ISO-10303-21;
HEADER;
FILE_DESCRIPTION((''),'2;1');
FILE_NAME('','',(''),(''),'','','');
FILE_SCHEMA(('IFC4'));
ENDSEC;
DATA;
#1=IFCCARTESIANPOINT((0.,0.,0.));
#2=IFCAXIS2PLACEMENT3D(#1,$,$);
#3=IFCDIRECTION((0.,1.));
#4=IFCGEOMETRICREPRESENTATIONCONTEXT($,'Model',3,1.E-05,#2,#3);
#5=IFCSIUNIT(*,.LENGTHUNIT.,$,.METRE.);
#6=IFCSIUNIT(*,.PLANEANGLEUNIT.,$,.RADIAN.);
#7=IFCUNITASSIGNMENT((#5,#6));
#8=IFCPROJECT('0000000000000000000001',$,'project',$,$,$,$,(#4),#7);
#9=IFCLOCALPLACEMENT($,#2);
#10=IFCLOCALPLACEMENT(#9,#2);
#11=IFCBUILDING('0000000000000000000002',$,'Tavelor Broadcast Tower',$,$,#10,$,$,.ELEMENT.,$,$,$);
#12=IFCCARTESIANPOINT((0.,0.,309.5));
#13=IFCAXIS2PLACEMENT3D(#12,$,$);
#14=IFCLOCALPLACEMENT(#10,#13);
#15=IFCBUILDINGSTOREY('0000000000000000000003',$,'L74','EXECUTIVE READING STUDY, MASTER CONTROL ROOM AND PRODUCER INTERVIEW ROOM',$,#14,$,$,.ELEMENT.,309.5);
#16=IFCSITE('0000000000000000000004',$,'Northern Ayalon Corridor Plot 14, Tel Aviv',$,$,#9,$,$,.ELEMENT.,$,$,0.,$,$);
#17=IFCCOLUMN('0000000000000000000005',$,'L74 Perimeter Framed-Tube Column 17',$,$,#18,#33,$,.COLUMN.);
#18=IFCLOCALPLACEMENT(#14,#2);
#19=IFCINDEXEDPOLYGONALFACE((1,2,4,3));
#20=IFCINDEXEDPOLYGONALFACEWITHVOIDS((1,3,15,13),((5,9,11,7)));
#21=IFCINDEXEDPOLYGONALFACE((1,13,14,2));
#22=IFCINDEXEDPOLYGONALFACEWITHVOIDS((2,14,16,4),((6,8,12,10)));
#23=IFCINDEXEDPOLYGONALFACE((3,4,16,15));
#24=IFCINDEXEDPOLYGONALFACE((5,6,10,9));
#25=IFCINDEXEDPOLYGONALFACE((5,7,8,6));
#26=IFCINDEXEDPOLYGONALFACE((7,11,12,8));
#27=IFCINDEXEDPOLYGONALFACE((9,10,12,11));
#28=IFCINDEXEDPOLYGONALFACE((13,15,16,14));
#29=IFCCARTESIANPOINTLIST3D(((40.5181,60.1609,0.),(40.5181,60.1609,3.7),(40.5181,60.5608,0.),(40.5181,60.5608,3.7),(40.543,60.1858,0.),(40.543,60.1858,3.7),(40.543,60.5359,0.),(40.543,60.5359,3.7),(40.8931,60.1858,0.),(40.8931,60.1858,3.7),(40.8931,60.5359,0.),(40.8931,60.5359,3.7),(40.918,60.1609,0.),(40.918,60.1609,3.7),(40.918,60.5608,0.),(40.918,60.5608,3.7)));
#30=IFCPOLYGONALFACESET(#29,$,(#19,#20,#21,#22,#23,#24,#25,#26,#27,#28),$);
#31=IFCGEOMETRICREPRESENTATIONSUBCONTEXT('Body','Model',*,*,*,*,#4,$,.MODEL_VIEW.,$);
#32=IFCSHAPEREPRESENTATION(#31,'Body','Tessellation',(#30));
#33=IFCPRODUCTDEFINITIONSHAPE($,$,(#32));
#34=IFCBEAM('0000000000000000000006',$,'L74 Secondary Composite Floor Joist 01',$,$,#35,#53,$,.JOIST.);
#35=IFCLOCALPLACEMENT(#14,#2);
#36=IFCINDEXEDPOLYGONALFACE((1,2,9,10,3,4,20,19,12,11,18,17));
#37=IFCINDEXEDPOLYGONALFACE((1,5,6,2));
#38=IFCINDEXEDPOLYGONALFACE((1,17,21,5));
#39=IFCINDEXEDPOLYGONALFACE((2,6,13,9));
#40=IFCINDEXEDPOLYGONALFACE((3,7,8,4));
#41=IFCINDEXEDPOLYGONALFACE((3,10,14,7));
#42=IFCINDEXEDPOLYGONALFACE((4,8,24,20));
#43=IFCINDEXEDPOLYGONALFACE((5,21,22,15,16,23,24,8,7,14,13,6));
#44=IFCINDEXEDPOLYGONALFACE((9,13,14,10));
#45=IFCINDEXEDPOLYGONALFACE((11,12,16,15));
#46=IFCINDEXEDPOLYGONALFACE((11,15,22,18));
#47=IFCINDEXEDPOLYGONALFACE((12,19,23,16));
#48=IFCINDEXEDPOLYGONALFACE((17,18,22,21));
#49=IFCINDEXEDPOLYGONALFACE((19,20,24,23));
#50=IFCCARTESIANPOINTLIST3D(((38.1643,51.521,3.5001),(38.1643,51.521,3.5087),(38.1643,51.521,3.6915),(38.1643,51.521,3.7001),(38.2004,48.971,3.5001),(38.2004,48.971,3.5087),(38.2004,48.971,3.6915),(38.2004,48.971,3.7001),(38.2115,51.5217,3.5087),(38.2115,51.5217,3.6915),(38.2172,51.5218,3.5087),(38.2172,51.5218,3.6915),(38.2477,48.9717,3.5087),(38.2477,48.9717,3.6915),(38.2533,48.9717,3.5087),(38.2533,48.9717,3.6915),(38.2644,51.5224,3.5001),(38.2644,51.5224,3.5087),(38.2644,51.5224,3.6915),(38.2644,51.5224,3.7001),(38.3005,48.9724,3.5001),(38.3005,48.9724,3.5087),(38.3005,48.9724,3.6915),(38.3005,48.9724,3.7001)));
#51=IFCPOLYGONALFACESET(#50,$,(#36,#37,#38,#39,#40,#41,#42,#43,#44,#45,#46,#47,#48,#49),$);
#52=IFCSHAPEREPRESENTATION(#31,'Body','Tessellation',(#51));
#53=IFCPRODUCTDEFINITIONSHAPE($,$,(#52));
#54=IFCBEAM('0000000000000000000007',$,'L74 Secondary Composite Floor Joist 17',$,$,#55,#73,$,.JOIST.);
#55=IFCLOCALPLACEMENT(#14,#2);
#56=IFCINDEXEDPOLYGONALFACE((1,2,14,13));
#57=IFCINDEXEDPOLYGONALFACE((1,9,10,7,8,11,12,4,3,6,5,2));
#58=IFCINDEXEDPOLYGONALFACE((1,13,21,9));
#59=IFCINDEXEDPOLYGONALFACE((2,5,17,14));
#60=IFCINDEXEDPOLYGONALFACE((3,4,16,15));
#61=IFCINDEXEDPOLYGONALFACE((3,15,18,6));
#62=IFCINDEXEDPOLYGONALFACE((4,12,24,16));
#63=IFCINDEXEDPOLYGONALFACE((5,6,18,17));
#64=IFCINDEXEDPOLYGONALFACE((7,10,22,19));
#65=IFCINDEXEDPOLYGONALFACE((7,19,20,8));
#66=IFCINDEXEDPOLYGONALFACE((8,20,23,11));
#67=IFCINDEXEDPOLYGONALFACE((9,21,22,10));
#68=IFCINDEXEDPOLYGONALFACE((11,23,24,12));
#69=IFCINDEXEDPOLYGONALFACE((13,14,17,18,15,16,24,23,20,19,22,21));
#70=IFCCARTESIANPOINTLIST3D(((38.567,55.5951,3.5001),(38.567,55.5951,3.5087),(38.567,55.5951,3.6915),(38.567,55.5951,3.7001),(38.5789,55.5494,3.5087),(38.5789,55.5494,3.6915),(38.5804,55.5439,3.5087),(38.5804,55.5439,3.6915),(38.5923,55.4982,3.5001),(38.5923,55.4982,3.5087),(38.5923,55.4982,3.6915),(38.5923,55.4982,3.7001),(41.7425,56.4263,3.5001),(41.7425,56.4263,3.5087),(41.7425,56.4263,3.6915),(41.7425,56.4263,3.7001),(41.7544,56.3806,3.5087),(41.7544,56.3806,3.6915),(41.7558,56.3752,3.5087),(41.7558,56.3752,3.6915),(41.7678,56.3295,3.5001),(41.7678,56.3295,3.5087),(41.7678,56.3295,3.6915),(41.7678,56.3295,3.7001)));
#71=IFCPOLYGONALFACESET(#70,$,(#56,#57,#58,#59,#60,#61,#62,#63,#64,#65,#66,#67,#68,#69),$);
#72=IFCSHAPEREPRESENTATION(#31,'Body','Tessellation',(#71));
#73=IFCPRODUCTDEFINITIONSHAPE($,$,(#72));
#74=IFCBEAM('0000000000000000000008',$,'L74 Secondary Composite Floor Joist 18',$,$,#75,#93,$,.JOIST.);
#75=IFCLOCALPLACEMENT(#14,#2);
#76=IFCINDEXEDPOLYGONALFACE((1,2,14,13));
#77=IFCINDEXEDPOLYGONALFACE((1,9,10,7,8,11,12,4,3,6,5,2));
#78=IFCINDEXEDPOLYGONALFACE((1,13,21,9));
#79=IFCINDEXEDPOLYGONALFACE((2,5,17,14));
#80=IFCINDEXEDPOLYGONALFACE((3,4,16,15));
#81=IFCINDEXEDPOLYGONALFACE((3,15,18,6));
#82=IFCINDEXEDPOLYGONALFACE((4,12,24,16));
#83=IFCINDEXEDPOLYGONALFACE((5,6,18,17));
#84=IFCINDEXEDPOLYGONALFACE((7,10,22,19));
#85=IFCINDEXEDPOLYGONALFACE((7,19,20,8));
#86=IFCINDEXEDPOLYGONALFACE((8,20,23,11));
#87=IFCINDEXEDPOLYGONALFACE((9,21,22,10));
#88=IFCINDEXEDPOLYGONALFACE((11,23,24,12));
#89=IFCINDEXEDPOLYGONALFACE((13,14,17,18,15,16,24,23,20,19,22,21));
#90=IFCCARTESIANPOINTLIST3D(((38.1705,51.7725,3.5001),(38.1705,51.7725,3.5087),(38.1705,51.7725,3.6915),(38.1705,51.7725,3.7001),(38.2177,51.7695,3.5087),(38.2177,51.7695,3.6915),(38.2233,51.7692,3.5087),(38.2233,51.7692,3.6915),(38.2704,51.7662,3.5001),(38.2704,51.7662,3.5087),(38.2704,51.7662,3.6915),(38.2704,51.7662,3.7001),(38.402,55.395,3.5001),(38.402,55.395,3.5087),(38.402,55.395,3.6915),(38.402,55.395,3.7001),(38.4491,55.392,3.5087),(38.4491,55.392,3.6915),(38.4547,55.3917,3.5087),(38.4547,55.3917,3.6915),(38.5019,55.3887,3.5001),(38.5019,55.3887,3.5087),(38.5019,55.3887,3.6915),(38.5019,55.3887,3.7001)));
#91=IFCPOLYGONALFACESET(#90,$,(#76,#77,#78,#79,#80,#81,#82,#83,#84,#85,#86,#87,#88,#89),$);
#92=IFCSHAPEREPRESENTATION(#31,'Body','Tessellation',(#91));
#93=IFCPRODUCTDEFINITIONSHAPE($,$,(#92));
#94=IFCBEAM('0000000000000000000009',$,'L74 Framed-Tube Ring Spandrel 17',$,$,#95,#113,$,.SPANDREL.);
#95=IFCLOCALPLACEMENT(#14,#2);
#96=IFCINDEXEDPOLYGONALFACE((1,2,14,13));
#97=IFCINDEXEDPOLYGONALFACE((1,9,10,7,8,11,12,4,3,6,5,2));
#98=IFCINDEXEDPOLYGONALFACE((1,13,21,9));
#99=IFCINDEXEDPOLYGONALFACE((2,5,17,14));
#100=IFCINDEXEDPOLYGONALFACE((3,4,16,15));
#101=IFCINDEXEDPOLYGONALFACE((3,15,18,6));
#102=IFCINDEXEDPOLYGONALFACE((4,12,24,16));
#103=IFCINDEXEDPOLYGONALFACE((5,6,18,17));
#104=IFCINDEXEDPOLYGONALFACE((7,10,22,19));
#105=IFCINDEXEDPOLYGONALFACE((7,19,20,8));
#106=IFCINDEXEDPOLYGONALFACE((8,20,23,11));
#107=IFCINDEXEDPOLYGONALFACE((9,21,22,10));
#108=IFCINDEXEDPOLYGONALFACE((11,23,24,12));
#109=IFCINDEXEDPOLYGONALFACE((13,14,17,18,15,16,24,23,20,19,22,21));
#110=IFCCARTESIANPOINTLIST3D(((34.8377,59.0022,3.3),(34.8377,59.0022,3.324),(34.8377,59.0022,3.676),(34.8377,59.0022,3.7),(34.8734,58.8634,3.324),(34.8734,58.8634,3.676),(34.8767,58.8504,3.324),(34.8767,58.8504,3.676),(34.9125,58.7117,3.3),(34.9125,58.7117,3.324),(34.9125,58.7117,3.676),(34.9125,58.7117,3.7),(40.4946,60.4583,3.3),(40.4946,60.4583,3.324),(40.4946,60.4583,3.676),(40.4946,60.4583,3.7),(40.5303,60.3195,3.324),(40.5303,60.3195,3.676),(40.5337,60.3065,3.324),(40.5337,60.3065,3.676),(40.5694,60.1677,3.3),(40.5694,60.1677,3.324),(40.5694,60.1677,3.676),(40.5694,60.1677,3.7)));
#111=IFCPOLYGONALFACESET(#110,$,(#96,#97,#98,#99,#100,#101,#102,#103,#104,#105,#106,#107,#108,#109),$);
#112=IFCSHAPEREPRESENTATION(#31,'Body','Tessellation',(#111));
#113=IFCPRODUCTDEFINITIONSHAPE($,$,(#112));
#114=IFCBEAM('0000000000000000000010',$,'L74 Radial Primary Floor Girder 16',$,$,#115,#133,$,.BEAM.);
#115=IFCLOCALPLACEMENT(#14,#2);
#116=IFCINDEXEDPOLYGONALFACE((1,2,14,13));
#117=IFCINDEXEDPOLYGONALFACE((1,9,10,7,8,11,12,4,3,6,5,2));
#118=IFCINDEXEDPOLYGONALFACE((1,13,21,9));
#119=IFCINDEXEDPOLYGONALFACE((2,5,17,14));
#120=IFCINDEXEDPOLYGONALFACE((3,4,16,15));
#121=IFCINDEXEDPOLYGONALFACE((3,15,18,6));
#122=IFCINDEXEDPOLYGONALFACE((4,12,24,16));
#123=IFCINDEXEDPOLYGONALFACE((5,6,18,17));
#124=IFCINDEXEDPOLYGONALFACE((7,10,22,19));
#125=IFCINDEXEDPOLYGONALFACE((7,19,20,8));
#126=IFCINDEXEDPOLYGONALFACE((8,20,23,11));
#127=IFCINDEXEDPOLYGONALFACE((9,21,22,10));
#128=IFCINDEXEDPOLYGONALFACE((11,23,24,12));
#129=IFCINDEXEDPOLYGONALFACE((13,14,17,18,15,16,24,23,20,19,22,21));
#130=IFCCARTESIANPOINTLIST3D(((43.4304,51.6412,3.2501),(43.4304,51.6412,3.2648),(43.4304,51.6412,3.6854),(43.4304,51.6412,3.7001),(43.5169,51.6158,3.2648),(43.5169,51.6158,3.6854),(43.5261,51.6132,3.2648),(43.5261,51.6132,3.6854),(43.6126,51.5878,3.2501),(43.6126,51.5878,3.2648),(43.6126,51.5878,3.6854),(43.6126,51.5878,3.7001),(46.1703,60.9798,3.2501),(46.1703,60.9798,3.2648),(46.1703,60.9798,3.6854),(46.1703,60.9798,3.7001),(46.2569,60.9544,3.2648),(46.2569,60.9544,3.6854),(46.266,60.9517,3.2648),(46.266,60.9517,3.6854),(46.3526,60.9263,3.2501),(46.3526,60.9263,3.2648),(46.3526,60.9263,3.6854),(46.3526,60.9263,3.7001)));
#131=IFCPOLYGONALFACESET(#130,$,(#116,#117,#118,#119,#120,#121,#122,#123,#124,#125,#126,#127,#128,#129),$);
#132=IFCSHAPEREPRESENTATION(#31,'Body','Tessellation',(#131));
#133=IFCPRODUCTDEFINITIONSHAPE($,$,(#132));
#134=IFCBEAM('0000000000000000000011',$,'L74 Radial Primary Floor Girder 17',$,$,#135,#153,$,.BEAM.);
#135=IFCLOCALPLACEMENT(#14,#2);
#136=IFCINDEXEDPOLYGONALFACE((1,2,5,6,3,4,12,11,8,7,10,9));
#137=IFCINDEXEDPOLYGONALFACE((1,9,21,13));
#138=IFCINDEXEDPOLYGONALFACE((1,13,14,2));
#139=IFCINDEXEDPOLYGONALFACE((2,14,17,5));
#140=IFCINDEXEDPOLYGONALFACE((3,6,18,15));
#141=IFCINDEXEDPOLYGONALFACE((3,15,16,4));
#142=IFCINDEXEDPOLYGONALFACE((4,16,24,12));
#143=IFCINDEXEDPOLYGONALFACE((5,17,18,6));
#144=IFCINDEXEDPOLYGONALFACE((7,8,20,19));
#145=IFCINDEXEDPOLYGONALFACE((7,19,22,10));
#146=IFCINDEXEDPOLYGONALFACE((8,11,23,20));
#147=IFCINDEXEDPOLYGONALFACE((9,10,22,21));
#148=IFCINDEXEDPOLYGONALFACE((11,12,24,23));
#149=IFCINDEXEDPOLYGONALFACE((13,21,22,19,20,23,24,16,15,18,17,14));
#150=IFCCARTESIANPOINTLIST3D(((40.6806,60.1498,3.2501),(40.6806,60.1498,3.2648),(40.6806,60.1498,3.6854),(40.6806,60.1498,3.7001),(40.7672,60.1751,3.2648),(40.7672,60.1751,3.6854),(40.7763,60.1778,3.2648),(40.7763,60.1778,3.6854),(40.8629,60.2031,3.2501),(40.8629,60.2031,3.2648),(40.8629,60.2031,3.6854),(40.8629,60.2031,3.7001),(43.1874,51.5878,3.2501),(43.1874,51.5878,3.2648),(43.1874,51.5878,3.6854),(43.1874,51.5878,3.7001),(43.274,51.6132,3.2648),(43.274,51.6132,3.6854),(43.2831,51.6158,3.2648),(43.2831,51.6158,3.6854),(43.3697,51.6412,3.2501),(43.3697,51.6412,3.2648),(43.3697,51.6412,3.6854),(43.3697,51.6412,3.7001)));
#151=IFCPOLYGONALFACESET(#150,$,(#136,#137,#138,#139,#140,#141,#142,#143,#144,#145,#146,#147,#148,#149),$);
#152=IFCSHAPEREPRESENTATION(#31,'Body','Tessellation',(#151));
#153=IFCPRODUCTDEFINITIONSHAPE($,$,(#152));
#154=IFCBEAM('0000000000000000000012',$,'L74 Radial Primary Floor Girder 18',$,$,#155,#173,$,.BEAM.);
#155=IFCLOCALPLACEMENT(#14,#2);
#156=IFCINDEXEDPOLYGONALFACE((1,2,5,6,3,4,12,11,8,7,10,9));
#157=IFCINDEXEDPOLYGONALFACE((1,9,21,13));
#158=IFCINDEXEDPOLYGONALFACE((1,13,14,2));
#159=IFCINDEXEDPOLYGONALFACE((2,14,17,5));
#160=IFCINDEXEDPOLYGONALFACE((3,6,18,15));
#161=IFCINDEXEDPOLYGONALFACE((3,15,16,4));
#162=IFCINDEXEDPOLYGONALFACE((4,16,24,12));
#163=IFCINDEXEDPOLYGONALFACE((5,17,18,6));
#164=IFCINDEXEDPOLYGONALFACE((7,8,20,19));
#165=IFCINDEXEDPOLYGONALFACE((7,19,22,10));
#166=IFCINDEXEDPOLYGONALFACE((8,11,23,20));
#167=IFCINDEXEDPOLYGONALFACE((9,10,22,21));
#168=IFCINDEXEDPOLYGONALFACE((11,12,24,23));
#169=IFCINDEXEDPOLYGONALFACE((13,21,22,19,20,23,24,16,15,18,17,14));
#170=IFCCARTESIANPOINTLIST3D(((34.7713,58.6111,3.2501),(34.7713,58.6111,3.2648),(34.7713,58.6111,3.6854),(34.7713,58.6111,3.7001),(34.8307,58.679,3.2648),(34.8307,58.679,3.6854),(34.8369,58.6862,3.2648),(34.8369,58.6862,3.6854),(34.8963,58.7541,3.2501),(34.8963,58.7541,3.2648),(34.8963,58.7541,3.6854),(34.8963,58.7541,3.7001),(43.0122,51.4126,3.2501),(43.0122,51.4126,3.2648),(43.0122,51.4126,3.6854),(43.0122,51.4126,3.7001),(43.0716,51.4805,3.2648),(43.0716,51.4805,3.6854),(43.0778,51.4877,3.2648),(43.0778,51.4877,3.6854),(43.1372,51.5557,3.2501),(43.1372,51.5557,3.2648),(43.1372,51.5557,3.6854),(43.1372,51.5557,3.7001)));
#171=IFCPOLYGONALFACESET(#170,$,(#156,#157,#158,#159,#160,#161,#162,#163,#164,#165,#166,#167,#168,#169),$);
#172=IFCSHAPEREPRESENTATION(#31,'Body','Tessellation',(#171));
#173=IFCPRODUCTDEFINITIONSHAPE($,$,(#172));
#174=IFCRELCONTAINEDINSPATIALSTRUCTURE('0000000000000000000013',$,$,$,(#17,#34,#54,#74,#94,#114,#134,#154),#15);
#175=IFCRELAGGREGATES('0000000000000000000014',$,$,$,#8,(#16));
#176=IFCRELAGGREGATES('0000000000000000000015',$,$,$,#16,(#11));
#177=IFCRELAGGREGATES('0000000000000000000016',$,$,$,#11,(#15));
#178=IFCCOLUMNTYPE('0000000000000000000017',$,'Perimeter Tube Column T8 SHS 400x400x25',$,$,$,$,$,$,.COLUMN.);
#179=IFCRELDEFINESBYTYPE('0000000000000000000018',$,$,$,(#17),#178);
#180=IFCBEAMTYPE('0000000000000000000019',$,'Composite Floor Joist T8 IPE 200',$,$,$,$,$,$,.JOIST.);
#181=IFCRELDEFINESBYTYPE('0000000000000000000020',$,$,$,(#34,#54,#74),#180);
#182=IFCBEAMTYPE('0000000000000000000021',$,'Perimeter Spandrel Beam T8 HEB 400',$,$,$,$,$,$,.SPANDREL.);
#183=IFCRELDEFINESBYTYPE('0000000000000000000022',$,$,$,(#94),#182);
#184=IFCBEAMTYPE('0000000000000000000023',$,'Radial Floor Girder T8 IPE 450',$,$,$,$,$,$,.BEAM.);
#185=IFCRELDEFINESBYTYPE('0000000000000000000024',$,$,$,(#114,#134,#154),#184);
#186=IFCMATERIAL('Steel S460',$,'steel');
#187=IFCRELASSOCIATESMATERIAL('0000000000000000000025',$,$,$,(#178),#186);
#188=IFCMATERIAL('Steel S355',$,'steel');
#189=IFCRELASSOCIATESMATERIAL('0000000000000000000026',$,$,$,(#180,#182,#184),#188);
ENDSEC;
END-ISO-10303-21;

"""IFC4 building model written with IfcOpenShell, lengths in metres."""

from ifc_helpers import new_model, si_unit, direction, frame, origin, origin_2d, place, context, subcontext, project, spatial, hollow_rectangle, i_section, extrude, material, material_profile, profile_set, type_object, element, save


model = new_model("IFC4")

# Units and contexts
model_context = context("Model", 3, precision=1e-05, world=origin(), true_north=direction((0.0, 1.0)))
body_context = subcontext(model_context, "Body", "Model", "MODEL_VIEW")
ifc_project = project(units=[si_unit("LENGTHUNIT", "METRE"), si_unit("PLANEANGLEUNIT", "RADIAN")], contexts=[model_context])

# Site, building, storey
site_placement = place(None, origin())
site = spatial("IfcSite", under=ifc_project, at=site_placement, Name="Northern Ayalon Corridor Plot 14, Tel Aviv", CompositionType="ELEMENT", RefElevation=0.0)
building_placement = place(site_placement, origin())
building = spatial("IfcBuilding", under=site, at=building_placement, Name="Tavelor Broadcast Tower", CompositionType="ELEMENT")
storey_placement = place(building_placement, frame((0.0, 0.0, 309.5)))
storey = spatial("IfcBuildingStorey", under=building, at=storey_placement, Name="L74", Description="EXECUTIVE READING STUDY, MASTER CONTROL ROOM AND PRODUCER INTERVIEW ROOM", CompositionType="ELEMENT", Elevation=309.5)

# Column
ifc_material_1 = material(Name="Steel S460", Category="steel")
ifc_material_profile_1 = material_profile(ifc_material_1, hollow_rectangle(XDim=0.3999, YDim=0.3999, WallThickness=0.0249, at=origin_2d()), Name="SHS 400x400x25")
ifc_profile_set_1 = profile_set([ifc_material_profile_1], Name="Steel S460")
column_type = type_object("IfcColumnType", Name="Perimeter Tube Column T8 SHS 400x400x25", PredefinedType="COLUMN", material=ifc_profile_set_1)
column_placement = place(storey_placement, frame((40.718, 60.3608, 0.0), z_axis=(0.0, 0.0, 1.0), x_axis=(1.0, 0.0, 0.0)))
element("IfcColumn", 1, at=column_placement, inside=storey, type_object=column_type, Name="L74 Perimeter Framed-Tube Column 17", PredefinedType="COLUMN", context=body_context, shape_type="SweptSolid", body=[
    extrude(hollow_rectangle(XDim=0.3999, YDim=0.3999, WallThickness=0.0249, at=origin_2d()), origin(), (0.0, 0.0, 1.0), 3.7),
])

# Beams
ifc_material_2 = material(Name="Steel S355", Category="steel")
ifc_material_profile_2 = material_profile(ifc_material_2, i_section(OverallWidth=0.1001, OverallDepth=0.2, WebThickness=0.0056, FlangeThickness=0.0085, at=origin_2d()), Name="IPE 200")
ifc_profile_set_2 = profile_set([ifc_material_profile_2], Name="Steel S355")
beam_type_1 = type_object("IfcBeamType", Name="Composite Floor Joist T8 IPE 200", PredefinedType="JOIST", material=ifc_profile_set_2)
beam_1_placement = place(storey_placement, frame((38.2144, 51.5217, 3.6001), z_axis=(0.014168, -0.9999, 0.0), x_axis=(0.9999, 0.014168, 0.0)))
element("IfcBeam", 2, at=beam_1_placement, inside=storey, type_object=beam_type_1, Name="L74 Secondary Composite Floor Joist 01", PredefinedType="JOIST", context=body_context, shape_type="SweptSolid", body=[
    extrude(i_section(OverallWidth=0.1001, OverallDepth=0.2, WebThickness=0.0056, FlangeThickness=0.0085, at=origin_2d()), origin(), (0.0, 0.0, 1.0), 2.5503),
])
beam_2_placement = place(storey_placement, frame((41.7551, 56.3779, 3.6001), z_axis=(-0.967401, -0.253248, 0.0), x_axis=(0.253248, -0.967401, 0.0)))
element("IfcBeam", 3, at=beam_2_placement, inside=storey, type_object=beam_type_1, Name="L74 Secondary Composite Floor Joist 17", PredefinedType="JOIST", context=body_context, shape_type="SweptSolid", body=[
    extrude(i_section(OverallWidth=0.1001, OverallDepth=0.2, WebThickness=0.0056, FlangeThickness=0.0085, at=origin_2d()), origin(), (0.0, 0.0, 1.0), 3.2825),
])
beam_3_placement = place(storey_placement, frame((38.4519, 55.3918, 3.6001), z_axis=(-0.06376, -0.997965, 0.0), x_axis=(0.997965, -0.06376, 0.0)))
element("IfcBeam", 4, at=beam_3_placement, inside=storey, type_object=beam_type_1, Name="L74 Secondary Composite Floor Joist 18", PredefinedType="JOIST", context=body_context, shape_type="SweptSolid", body=[
    extrude(i_section(OverallWidth=0.1001, OverallDepth=0.2, WebThickness=0.0056, FlangeThickness=0.0085, at=origin_2d()), origin(), (0.0, 0.0, 1.0), 3.6299),
])
ifc_material_profile_3 = material_profile(ifc_material_2, i_section(OverallWidth=0.3, OverallDepth=0.3999, WebThickness=0.0134, FlangeThickness=0.0239, at=origin_2d()), Name="HEB 400")
ifc_profile_set_3 = profile_set([ifc_material_profile_3], Name="Steel S355")
beam_type_2 = type_object("IfcBeamType", Name="Perimeter Spandrel Beam T8 HEB 400", PredefinedType="SPANDREL", material=ifc_profile_set_3)
beam_4_placement = place(storey_placement, frame((40.532, 60.313, 3.5), z_axis=(-0.968435, -0.249266, 0.0), x_axis=(0.249266, -0.968435, 0.0)))
element("IfcBeam", 5, at=beam_4_placement, inside=storey, type_object=beam_type_2, Name="L74 Framed-Tube Ring Spandrel 17", PredefinedType="SPANDREL", context=body_context, shape_type="SweptSolid", body=[
    extrude(i_section(OverallWidth=0.3, OverallDepth=0.3999, WebThickness=0.0134, FlangeThickness=0.0239, at=origin_2d()), origin(), (0.0, 0.0, 1.0), 5.8413),
])
ifc_material_profile_4 = material_profile(ifc_material_2, i_section(OverallWidth=0.1899, OverallDepth=0.45, WebThickness=0.0095, FlangeThickness=0.0146, at=origin_2d()), Name="IPE 450")
ifc_profile_set_4 = profile_set([ifc_material_profile_4], Name="Steel S355")
beam_type_3 = type_object("IfcBeamType", Name="Radial Floor Girder T8 IPE 450", PredefinedType="BEAM", material=ifc_profile_set_4)
beam_5_placement = place(storey_placement, frame((43.5215, 51.6145, 3.4751), z_axis=(0.281536, 0.959551, 0.0), x_axis=(-0.959551, 0.281536, 0.0)))
element("IfcBeam", 6, at=beam_5_placement, inside=storey, type_object=beam_type_3, Name="L74 Radial Primary Floor Girder 16", PredefinedType="BEAM", context=body_context, shape_type="SweptSolid", body=[
    extrude(i_section(OverallWidth=0.1899, OverallDepth=0.45, WebThickness=0.0095, FlangeThickness=0.0146, at=origin_2d()), origin(), (0.0, 0.0, 1.0), 9.7322),
])
beam_6_placement = place(storey_placement, frame((43.2786, 51.6145, 3.4751), z_axis=(-0.28099, 0.959711, 0.0), x_axis=(-0.959711, -0.28099, 0.0)))
element("IfcBeam", 7, at=beam_6_placement, inside=storey, type_object=beam_type_3, Name="L74 Radial Primary Floor Girder 17", PredefinedType="BEAM", context=body_context, shape_type="SweptSolid", body=[
    extrude(i_section(OverallWidth=0.1899, OverallDepth=0.45, WebThickness=0.0095, FlangeThickness=0.0146, at=origin_2d()), origin(), (0.0, 0.0, 1.0), 8.9214),
])
beam_7_placement = place(storey_placement, frame((43.0747, 51.4841, 3.4751), z_axis=(-0.753136, 0.657865, 0.0), x_axis=(-0.657865, -0.753136, 0.0)))
element("IfcBeam", 8, at=beam_7_placement, inside=storey, type_object=beam_type_3, Name="L74 Radial Primary Floor Girder 18", PredefinedType="BEAM", context=body_context, shape_type="SweptSolid", body=[
    extrude(i_section(OverallWidth=0.1899, OverallDepth=0.45, WebThickness=0.0095, FlangeThickness=0.0146, at=origin_2d()), origin(), (0.0, 0.0, 1.0), 10.9421),
])

save(model, "model.ifc")
